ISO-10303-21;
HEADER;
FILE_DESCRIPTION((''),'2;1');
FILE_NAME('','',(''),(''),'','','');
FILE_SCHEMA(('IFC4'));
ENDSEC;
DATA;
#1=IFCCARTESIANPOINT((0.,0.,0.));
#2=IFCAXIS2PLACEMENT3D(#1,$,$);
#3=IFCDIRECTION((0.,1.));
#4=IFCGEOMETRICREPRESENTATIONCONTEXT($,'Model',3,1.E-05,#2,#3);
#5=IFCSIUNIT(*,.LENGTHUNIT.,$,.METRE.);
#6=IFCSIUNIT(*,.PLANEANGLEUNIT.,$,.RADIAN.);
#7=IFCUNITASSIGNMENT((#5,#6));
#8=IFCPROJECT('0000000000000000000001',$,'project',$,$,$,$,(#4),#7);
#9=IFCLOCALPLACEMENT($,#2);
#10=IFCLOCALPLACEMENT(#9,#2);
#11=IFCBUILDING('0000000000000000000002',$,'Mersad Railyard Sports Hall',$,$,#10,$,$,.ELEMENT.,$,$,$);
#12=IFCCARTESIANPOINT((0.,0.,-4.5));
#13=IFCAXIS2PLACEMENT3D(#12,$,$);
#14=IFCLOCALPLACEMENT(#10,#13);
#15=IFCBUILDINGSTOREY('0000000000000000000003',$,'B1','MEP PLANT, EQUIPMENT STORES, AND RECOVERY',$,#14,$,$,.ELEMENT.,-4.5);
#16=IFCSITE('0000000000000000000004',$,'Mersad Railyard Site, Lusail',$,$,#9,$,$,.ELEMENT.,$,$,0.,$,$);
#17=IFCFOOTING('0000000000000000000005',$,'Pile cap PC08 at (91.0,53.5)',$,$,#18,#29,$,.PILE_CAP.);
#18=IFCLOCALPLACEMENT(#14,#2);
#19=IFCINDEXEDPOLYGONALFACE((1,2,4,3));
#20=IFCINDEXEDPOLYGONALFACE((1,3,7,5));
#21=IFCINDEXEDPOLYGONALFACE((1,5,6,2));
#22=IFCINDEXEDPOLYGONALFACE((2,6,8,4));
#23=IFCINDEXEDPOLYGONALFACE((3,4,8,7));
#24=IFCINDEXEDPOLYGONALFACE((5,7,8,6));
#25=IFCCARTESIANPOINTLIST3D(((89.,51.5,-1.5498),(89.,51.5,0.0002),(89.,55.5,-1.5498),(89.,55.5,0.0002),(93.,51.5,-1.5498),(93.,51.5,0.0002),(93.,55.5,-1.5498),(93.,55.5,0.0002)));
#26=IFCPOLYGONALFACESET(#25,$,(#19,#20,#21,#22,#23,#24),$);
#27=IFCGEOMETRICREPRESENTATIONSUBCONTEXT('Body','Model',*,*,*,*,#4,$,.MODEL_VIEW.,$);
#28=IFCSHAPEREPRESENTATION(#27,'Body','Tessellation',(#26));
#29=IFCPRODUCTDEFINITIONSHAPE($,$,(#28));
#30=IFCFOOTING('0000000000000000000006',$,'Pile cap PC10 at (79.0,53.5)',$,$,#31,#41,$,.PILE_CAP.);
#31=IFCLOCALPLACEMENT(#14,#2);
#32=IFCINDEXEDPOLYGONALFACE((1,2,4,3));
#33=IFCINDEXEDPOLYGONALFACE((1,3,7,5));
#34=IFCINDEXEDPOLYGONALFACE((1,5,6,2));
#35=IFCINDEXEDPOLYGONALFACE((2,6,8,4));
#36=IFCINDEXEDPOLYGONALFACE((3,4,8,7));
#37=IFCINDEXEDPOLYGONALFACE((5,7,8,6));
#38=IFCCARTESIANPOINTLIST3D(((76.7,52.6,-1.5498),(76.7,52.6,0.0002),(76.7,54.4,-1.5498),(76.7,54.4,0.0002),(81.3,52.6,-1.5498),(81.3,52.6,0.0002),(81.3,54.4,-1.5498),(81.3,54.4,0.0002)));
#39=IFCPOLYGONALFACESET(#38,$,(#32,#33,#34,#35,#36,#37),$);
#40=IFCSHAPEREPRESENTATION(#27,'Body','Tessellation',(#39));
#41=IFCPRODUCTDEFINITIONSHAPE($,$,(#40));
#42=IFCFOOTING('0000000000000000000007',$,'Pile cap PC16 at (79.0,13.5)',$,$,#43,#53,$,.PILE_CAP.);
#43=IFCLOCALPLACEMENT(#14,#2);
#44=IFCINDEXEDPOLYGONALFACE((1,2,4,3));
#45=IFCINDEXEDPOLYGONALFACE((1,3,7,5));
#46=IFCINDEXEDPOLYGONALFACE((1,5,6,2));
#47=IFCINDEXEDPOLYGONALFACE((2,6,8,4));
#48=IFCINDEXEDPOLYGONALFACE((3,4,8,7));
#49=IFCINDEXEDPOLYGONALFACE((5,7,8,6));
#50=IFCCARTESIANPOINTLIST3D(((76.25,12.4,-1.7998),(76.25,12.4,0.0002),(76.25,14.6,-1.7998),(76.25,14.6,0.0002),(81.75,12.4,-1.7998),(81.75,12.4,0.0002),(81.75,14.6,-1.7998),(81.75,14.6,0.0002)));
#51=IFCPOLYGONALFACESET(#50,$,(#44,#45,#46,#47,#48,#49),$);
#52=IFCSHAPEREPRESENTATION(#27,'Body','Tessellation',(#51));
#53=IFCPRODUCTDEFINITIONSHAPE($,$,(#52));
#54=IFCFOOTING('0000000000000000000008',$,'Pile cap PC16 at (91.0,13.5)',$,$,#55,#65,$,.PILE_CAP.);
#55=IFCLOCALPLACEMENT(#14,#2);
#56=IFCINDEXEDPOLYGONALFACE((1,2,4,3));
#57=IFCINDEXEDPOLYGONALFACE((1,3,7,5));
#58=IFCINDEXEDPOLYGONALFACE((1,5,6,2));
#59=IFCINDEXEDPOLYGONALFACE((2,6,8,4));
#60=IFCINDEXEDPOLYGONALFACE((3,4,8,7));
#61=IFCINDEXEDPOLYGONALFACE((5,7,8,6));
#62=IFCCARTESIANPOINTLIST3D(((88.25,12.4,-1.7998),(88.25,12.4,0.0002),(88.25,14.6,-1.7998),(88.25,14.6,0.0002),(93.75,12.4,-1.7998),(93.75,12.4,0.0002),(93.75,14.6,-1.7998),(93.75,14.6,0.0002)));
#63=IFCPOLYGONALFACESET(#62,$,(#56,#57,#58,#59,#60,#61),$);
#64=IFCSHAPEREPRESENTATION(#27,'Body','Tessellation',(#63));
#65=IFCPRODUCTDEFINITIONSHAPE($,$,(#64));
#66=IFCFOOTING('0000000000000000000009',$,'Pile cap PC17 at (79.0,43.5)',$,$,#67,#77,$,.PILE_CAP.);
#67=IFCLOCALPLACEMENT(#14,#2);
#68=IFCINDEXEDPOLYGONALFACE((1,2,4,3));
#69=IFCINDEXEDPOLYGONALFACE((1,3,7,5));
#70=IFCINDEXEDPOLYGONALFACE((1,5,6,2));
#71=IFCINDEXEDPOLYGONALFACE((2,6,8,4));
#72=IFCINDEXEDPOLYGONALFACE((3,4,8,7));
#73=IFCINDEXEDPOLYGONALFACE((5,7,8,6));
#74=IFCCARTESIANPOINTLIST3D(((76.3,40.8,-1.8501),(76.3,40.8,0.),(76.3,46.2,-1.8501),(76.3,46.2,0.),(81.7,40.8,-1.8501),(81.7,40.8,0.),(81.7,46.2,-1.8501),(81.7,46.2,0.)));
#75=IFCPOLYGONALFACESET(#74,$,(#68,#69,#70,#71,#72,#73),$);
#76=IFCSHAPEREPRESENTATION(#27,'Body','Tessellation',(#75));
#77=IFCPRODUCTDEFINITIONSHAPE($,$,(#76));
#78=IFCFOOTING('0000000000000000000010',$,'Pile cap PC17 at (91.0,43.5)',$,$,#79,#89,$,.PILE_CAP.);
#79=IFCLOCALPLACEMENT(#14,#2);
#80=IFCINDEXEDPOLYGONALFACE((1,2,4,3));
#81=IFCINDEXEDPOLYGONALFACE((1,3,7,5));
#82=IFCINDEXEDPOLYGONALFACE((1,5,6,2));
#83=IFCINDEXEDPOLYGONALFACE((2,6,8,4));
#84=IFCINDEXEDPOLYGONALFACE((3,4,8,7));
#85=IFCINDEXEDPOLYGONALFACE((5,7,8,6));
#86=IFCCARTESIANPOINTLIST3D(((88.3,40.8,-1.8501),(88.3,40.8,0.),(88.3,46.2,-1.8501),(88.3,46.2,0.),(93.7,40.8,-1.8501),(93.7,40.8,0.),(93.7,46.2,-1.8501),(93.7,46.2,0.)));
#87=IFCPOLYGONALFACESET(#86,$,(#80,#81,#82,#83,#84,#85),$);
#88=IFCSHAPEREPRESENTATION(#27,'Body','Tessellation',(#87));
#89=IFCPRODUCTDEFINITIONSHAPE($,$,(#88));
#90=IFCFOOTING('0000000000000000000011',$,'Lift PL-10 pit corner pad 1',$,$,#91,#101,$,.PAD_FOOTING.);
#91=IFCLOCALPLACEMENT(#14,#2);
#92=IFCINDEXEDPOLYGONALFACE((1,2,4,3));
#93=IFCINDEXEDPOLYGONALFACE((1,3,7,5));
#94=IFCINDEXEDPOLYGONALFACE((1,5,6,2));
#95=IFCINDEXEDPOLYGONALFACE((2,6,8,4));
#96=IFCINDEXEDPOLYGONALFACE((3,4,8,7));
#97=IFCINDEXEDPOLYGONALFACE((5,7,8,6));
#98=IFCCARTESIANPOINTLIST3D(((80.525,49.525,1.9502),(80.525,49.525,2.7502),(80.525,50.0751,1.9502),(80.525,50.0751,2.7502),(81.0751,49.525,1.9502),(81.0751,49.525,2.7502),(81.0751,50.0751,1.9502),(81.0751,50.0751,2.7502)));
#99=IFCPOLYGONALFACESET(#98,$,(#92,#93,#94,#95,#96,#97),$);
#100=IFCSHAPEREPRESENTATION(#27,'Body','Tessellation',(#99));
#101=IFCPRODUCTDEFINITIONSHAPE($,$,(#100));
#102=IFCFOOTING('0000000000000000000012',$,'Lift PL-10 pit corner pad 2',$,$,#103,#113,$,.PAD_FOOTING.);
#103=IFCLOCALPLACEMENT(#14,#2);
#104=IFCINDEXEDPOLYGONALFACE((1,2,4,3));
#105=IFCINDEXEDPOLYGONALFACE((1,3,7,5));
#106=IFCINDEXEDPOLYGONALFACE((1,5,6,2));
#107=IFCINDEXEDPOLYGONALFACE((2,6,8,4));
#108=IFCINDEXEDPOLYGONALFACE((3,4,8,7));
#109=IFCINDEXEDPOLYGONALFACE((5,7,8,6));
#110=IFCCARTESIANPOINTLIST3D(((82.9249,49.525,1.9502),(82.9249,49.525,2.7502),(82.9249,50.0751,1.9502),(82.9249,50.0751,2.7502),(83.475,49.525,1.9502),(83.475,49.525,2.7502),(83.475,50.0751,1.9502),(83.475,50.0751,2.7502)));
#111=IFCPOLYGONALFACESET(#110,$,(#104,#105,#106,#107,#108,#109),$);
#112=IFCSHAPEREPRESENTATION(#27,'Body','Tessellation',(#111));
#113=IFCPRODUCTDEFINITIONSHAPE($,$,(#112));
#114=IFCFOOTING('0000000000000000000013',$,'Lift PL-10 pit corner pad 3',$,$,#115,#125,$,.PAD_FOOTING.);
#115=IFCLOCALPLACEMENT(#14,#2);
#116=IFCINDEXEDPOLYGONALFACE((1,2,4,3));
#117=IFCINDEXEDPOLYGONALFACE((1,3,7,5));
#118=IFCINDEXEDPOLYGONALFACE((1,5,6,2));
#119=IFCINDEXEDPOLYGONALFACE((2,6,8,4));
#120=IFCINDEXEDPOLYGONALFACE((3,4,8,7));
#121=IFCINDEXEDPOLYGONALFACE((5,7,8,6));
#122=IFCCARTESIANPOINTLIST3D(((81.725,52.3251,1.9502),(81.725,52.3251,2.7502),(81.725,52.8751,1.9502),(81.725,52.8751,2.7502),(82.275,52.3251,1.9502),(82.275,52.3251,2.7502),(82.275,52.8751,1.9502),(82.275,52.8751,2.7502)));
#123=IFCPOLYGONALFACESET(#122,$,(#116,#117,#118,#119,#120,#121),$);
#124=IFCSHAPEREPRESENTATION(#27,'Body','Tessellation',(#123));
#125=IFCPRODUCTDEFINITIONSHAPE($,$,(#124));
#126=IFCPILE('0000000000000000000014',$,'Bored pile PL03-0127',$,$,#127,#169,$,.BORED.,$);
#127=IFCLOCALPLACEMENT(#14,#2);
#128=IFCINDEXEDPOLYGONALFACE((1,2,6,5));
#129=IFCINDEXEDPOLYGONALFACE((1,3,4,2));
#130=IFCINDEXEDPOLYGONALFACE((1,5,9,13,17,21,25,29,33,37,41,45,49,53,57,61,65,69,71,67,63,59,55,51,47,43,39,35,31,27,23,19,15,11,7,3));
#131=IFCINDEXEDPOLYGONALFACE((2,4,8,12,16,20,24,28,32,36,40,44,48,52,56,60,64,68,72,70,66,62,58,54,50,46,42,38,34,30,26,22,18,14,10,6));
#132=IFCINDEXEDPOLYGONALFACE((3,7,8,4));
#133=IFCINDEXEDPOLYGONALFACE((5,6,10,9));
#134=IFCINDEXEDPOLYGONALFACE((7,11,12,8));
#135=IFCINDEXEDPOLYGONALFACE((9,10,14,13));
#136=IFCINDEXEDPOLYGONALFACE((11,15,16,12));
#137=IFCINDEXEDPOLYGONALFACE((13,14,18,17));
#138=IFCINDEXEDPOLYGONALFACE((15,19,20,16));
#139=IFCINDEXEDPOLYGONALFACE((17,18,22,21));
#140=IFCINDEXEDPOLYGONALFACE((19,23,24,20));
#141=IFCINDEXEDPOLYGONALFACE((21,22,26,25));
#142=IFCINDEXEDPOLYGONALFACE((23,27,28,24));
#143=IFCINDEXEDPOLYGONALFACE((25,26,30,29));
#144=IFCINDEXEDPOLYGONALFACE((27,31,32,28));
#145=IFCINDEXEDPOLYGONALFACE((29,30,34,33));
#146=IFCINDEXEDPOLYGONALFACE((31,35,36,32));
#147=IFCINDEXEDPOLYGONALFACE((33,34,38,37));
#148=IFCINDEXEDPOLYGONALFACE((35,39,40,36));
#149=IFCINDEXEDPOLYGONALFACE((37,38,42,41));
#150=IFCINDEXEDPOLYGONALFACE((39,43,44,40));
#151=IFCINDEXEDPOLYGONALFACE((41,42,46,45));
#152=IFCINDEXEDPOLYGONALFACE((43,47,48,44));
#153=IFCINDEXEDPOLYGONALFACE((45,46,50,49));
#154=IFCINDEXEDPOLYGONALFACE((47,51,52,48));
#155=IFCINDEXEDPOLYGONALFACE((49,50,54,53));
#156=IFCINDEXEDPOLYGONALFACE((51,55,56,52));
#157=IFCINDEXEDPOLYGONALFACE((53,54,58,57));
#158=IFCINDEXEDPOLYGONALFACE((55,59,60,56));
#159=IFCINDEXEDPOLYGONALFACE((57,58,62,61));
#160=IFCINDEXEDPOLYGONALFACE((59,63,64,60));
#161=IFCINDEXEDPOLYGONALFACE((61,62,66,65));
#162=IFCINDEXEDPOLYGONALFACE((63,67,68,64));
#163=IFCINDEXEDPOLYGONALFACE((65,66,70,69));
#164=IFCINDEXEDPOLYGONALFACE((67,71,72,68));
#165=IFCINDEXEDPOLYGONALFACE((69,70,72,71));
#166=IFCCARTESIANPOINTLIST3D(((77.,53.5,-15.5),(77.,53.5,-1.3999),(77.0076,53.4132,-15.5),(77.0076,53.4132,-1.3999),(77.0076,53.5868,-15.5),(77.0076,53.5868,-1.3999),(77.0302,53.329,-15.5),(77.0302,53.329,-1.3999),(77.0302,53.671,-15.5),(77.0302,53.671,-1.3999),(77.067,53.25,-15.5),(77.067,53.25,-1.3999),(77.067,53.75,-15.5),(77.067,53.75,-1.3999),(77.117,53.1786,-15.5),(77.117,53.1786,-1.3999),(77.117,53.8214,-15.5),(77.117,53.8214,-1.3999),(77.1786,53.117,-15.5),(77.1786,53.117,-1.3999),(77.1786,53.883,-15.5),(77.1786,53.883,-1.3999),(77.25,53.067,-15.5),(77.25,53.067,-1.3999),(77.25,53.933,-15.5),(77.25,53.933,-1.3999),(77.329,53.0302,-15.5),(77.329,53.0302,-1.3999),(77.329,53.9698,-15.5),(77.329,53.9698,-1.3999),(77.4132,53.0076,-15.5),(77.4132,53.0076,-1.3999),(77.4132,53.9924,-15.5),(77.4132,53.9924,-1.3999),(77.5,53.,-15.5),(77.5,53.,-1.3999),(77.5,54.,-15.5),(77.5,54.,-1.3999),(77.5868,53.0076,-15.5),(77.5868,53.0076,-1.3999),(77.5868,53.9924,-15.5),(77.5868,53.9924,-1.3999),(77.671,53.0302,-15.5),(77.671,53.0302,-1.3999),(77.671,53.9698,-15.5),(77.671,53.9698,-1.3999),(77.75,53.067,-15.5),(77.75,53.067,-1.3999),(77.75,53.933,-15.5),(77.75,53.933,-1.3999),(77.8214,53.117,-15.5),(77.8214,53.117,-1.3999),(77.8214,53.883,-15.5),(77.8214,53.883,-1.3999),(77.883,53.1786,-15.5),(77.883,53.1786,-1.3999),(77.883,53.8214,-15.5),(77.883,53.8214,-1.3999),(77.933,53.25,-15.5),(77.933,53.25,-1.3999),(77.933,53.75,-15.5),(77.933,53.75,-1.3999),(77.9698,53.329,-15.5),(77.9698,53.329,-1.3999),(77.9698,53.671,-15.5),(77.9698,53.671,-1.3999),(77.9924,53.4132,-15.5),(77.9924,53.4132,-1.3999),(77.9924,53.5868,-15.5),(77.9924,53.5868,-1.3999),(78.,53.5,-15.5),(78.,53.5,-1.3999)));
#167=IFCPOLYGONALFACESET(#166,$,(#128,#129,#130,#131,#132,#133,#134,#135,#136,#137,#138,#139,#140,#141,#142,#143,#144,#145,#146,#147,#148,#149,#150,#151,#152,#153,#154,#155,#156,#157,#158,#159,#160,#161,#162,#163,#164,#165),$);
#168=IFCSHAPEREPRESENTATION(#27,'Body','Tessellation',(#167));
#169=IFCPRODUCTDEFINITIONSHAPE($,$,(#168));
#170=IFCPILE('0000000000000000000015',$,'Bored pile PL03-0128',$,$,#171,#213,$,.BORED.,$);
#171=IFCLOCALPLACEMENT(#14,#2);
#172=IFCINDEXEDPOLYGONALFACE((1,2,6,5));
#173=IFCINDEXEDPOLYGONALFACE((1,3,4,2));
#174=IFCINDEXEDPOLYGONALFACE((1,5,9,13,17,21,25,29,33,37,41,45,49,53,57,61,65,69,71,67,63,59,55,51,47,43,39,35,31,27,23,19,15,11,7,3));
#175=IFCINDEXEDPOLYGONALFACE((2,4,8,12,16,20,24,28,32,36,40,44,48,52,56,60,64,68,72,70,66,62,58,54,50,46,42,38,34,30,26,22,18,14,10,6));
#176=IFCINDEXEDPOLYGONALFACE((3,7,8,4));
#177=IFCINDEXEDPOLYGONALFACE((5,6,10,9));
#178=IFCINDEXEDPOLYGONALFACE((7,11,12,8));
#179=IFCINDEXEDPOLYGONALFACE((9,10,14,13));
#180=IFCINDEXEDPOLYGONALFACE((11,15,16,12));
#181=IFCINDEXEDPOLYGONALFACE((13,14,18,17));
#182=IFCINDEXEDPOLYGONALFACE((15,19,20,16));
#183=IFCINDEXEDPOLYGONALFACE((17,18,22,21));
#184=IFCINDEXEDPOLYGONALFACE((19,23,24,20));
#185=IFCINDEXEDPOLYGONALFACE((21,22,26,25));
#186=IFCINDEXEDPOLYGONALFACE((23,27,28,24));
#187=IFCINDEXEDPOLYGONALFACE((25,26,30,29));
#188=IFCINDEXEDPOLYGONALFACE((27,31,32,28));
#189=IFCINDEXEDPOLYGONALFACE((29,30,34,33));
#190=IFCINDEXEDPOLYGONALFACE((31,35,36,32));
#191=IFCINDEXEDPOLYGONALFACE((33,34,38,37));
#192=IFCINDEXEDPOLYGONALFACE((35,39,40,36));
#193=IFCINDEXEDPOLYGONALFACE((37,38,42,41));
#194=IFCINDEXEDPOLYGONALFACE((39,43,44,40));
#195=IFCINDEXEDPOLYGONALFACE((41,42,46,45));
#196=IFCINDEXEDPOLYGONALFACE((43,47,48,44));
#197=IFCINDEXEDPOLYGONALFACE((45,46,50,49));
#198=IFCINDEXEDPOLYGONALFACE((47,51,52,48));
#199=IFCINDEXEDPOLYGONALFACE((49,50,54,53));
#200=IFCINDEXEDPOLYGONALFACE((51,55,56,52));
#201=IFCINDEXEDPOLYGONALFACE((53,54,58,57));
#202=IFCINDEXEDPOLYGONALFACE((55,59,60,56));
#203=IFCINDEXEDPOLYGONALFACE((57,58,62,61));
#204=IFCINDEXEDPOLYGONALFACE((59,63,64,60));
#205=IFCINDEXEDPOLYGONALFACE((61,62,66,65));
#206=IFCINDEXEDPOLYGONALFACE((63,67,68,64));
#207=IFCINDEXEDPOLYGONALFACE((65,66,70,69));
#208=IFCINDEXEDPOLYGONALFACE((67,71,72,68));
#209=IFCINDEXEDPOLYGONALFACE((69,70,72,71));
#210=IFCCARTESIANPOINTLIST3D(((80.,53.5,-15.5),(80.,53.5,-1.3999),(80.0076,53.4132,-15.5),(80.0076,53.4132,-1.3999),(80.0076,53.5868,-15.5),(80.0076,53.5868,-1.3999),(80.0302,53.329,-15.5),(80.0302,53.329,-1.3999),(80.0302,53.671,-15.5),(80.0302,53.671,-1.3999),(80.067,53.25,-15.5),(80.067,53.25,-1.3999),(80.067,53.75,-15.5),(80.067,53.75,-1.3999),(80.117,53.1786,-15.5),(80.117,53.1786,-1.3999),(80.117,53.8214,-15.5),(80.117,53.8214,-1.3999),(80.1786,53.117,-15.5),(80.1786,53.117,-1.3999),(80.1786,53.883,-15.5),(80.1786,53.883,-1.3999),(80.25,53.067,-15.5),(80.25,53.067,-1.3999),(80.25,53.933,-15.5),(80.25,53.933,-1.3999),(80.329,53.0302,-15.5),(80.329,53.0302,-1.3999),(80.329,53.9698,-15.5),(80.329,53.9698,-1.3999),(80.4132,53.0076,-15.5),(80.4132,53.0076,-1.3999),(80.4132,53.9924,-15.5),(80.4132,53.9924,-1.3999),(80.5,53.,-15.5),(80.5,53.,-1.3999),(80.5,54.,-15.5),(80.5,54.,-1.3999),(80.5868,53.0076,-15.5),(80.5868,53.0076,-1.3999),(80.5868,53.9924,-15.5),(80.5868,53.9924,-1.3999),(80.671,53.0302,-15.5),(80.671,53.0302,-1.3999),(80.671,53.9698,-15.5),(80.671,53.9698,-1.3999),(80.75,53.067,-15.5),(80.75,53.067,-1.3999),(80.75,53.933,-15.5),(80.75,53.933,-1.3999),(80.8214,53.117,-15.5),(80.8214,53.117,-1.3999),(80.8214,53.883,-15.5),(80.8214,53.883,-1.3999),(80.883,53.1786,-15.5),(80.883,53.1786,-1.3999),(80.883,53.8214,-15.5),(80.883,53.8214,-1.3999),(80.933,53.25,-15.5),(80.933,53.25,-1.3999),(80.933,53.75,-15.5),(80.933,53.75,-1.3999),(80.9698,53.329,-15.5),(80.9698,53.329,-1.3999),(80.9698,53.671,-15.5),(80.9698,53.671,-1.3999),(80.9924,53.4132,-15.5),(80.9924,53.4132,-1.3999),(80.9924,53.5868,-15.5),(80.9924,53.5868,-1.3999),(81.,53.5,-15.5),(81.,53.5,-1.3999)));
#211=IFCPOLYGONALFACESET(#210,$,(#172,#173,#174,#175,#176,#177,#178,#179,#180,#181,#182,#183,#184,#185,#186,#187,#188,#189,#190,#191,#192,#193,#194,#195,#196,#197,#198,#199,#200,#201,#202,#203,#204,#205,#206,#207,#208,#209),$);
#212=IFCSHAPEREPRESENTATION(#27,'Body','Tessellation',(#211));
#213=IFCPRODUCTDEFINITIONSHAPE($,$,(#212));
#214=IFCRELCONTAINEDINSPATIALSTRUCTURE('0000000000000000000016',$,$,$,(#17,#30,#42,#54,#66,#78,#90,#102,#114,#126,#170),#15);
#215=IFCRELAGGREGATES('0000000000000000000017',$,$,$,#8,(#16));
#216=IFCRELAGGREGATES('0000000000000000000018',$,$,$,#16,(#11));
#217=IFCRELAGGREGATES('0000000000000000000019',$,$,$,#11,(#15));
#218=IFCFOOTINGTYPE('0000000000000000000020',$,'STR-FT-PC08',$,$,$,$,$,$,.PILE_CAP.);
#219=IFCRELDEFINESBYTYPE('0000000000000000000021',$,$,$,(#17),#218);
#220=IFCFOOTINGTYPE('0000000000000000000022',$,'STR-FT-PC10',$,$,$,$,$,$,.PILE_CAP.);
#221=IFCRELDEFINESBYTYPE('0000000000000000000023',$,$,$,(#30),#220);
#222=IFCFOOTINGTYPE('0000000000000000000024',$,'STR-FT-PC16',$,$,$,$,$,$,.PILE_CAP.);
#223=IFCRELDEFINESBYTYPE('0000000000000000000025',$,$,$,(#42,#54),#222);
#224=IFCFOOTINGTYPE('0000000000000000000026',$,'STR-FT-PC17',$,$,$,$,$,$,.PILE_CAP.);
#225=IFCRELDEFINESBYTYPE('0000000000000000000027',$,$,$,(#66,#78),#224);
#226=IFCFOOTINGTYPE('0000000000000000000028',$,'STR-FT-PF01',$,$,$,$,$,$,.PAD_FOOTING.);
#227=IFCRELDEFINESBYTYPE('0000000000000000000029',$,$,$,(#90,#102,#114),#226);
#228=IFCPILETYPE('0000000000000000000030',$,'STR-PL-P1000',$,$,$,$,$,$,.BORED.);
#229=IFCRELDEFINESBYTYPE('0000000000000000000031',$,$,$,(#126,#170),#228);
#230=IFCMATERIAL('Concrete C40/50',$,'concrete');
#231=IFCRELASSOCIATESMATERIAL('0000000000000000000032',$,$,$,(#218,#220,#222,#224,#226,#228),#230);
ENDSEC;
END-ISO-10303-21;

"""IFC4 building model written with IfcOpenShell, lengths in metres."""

from ifc_helpers import new_model, si_unit, direction, frame, origin, origin_2d, place, context, subcontext, project, spatial, rectangle, circle, extrude, material, material_profile, profile_set, type_object, element, save


model = new_model("IFC4")

# Units and contexts
model_context = context("Model", 3, precision=1e-05, world=origin(), true_north=direction((0.0, 1.0)))
body_context = subcontext(model_context, "Body", "Model", "MODEL_VIEW")
ifc_project = project(units=[si_unit("LENGTHUNIT", "METRE"), si_unit("PLANEANGLEUNIT", "RADIAN")], contexts=[model_context])

# Site, building, storey
site_placement = place(None, origin())
site = spatial("IfcSite", under=ifc_project, at=site_placement, Name="Mersad Railyard Site, Lusail", CompositionType="ELEMENT", RefElevation=0.0)
building_placement = place(site_placement, origin())
building = spatial("IfcBuilding", under=site, at=building_placement, Name="Mersad Railyard Sports Hall", CompositionType="ELEMENT")
storey_placement = place(building_placement, frame((0.0, 0.0, -4.5)))
storey = spatial("IfcBuildingStorey", under=building, at=storey_placement, Name="B1", Description="MEP PLANT, EQUIPMENT STORES, AND RECOVERY", CompositionType="ELEMENT", Elevation=-4.5)

# Footings
ifc_material_1 = material(Name="Concrete C40/50", Category="concrete")
footing_type_1 = type_object("IfcFootingType", Name="STR-FT-PC08", PredefinedType="PILE_CAP", material=ifc_material_1)
footing_1_placement = place(storey_placement, frame((91.0, 53.5, -1.5498), z_axis=(0.0, 0.0, 1.0), x_axis=(1.0, 0.0, 0.0)))
element("IfcFooting", 1, at=footing_1_placement, inside=storey, type_object=footing_type_1, Name="Pile cap PC08 at (91.0,53.5)", PredefinedType="PILE_CAP", context=body_context, shape_type="SweptSolid", body=[
    extrude(rectangle(XDim=4.0, YDim=4.0, at=origin_2d()), origin(), (0.0, 0.0, 1.0), 1.55),
])
footing_type_2 = type_object("IfcFootingType", Name="STR-FT-PC10", PredefinedType="PILE_CAP", material=ifc_material_1)
footing_2_placement = place(storey_placement, frame((79.0, 53.5, -1.5498), z_axis=(0.0, 0.0, 1.0), x_axis=(1.0, 0.0, 0.0)))
element("IfcFooting", 2, at=footing_2_placement, inside=storey, type_object=footing_type_2, Name="Pile cap PC10 at (79.0,53.5)", PredefinedType="PILE_CAP", context=body_context, shape_type="SweptSolid", body=[
    extrude(rectangle(XDim=4.6001, YDim=1.8, at=origin_2d()), origin(), (0.0, 0.0, 1.0), 1.55),
])
footing_type_3 = type_object("IfcFootingType", Name="STR-FT-PC16", PredefinedType="PILE_CAP", material=ifc_material_1)
for number, where, z_axis, x_axis, name in (
    (3, (79.0, 13.5, -1.7998), (0.0, 0.0, 1.0), (1.0, 0.0, 0.0), "Pile cap PC16 at (79.0,13.5)"),
    (4, (91.0, 13.5, -1.7998), (0.0, 0.0, 1.0), (1.0, 0.0, 0.0), "Pile cap PC16 at (91.0,13.5)"),
):
    element("IfcFooting", number, at=place(storey_placement, frame(where, z_axis=z_axis, x_axis=x_axis)), inside=storey, type_object=footing_type_3, Name=name, PredefinedType="PILE_CAP", context=body_context, shape_type="SweptSolid", body=[
        extrude(rectangle(XDim=5.5, YDim=2.2, at=origin_2d()), origin(), (0.0, 0.0, 1.0), 1.8),
    ])
footing_type_4 = type_object("IfcFootingType", Name="STR-FT-PC17", PredefinedType="PILE_CAP", material=ifc_material_1)
for number, where, z_axis, x_axis, name in (
    (5, (79.0, 43.5, -1.8501), (0.0, 0.0, 1.0), (1.0, 0.0, 0.0), "Pile cap PC17 at (79.0,43.5)"),
    (6, (91.0, 43.5, -1.8501), (0.0, 0.0, 1.0), (1.0, 0.0, 0.0), "Pile cap PC17 at (91.0,43.5)"),
):
    element("IfcFooting", number, at=place(storey_placement, frame(where, z_axis=z_axis, x_axis=x_axis)), inside=storey, type_object=footing_type_4, Name=name, PredefinedType="PILE_CAP", context=body_context, shape_type="SweptSolid", body=[
        extrude(rectangle(XDim=5.3999, YDim=5.3999, at=origin_2d()), origin(), (0.0, 0.0, 1.0), 1.8501),
    ])
footing_type_5 = type_object("IfcFootingType", Name="STR-FT-PF01", PredefinedType="PAD_FOOTING", material=ifc_material_1)
for number, where, z_axis, x_axis, name in (
    (7, (80.8, 49.8, 1.9502), (0.0, 0.0, 1.0), (1.0, 0.0, 0.0), "Lift PL-10 pit corner pad 1"),
    (8, (83.2, 49.8, 1.9502), (0.0, 0.0, 1.0), (1.0, 0.0, 0.0), "Lift PL-10 pit corner pad 2"),
    (9, (82.0, 52.6001, 1.9502), (0.0, 0.0, 1.0), (1.0, 0.0, 0.0), "Lift PL-10 pit corner pad 3"),
):
    element("IfcFooting", number, at=place(storey_placement, frame(where, z_axis=z_axis, x_axis=x_axis)), inside=storey, type_object=footing_type_5, Name=name, PredefinedType="PAD_FOOTING", context=body_context, shape_type="SweptSolid", body=[
        extrude(rectangle(XDim=0.55, YDim=0.55, at=origin_2d()), origin(), (0.0, 0.0, 1.0), 0.8),
    ])

# Piles
ifc_material_profile_1 = material_profile(ifc_material_1, circle(Radius=0.5, at=origin_2d()), Name="BORED PILE D1000")
ifc_profile_set_1 = profile_set([ifc_material_profile_1], Name="Concrete C40/50")
pile_type_1 = type_object("IfcPileType", Name="STR-PL-P1000", PredefinedType="BORED", material=ifc_profile_set_1)
for number, where, z_axis, x_axis, name in (
    (10, (77.5, 53.5, -1.3999), (0.0, 0.0, -1.0), (1.0, 0.0, 0.0), "Bored pile PL03-0127"),
    (11, (80.5, 53.5, -1.3999), (0.0, 0.0, -1.0), (1.0, 0.0, 0.0), "Bored pile PL03-0128"),
):
    element("IfcPile", number, at=place(storey_placement, frame(where, z_axis=z_axis, x_axis=x_axis)), inside=storey, type_object=pile_type_1, Name=name, PredefinedType="BORED", context=body_context, shape_type="SweptSolid", body=[
        extrude(circle(Radius=0.5, at=origin_2d()), origin(), (0.0, 0.0, 1.0), 14.1001),
    ])

save(model, "model.ifc")
